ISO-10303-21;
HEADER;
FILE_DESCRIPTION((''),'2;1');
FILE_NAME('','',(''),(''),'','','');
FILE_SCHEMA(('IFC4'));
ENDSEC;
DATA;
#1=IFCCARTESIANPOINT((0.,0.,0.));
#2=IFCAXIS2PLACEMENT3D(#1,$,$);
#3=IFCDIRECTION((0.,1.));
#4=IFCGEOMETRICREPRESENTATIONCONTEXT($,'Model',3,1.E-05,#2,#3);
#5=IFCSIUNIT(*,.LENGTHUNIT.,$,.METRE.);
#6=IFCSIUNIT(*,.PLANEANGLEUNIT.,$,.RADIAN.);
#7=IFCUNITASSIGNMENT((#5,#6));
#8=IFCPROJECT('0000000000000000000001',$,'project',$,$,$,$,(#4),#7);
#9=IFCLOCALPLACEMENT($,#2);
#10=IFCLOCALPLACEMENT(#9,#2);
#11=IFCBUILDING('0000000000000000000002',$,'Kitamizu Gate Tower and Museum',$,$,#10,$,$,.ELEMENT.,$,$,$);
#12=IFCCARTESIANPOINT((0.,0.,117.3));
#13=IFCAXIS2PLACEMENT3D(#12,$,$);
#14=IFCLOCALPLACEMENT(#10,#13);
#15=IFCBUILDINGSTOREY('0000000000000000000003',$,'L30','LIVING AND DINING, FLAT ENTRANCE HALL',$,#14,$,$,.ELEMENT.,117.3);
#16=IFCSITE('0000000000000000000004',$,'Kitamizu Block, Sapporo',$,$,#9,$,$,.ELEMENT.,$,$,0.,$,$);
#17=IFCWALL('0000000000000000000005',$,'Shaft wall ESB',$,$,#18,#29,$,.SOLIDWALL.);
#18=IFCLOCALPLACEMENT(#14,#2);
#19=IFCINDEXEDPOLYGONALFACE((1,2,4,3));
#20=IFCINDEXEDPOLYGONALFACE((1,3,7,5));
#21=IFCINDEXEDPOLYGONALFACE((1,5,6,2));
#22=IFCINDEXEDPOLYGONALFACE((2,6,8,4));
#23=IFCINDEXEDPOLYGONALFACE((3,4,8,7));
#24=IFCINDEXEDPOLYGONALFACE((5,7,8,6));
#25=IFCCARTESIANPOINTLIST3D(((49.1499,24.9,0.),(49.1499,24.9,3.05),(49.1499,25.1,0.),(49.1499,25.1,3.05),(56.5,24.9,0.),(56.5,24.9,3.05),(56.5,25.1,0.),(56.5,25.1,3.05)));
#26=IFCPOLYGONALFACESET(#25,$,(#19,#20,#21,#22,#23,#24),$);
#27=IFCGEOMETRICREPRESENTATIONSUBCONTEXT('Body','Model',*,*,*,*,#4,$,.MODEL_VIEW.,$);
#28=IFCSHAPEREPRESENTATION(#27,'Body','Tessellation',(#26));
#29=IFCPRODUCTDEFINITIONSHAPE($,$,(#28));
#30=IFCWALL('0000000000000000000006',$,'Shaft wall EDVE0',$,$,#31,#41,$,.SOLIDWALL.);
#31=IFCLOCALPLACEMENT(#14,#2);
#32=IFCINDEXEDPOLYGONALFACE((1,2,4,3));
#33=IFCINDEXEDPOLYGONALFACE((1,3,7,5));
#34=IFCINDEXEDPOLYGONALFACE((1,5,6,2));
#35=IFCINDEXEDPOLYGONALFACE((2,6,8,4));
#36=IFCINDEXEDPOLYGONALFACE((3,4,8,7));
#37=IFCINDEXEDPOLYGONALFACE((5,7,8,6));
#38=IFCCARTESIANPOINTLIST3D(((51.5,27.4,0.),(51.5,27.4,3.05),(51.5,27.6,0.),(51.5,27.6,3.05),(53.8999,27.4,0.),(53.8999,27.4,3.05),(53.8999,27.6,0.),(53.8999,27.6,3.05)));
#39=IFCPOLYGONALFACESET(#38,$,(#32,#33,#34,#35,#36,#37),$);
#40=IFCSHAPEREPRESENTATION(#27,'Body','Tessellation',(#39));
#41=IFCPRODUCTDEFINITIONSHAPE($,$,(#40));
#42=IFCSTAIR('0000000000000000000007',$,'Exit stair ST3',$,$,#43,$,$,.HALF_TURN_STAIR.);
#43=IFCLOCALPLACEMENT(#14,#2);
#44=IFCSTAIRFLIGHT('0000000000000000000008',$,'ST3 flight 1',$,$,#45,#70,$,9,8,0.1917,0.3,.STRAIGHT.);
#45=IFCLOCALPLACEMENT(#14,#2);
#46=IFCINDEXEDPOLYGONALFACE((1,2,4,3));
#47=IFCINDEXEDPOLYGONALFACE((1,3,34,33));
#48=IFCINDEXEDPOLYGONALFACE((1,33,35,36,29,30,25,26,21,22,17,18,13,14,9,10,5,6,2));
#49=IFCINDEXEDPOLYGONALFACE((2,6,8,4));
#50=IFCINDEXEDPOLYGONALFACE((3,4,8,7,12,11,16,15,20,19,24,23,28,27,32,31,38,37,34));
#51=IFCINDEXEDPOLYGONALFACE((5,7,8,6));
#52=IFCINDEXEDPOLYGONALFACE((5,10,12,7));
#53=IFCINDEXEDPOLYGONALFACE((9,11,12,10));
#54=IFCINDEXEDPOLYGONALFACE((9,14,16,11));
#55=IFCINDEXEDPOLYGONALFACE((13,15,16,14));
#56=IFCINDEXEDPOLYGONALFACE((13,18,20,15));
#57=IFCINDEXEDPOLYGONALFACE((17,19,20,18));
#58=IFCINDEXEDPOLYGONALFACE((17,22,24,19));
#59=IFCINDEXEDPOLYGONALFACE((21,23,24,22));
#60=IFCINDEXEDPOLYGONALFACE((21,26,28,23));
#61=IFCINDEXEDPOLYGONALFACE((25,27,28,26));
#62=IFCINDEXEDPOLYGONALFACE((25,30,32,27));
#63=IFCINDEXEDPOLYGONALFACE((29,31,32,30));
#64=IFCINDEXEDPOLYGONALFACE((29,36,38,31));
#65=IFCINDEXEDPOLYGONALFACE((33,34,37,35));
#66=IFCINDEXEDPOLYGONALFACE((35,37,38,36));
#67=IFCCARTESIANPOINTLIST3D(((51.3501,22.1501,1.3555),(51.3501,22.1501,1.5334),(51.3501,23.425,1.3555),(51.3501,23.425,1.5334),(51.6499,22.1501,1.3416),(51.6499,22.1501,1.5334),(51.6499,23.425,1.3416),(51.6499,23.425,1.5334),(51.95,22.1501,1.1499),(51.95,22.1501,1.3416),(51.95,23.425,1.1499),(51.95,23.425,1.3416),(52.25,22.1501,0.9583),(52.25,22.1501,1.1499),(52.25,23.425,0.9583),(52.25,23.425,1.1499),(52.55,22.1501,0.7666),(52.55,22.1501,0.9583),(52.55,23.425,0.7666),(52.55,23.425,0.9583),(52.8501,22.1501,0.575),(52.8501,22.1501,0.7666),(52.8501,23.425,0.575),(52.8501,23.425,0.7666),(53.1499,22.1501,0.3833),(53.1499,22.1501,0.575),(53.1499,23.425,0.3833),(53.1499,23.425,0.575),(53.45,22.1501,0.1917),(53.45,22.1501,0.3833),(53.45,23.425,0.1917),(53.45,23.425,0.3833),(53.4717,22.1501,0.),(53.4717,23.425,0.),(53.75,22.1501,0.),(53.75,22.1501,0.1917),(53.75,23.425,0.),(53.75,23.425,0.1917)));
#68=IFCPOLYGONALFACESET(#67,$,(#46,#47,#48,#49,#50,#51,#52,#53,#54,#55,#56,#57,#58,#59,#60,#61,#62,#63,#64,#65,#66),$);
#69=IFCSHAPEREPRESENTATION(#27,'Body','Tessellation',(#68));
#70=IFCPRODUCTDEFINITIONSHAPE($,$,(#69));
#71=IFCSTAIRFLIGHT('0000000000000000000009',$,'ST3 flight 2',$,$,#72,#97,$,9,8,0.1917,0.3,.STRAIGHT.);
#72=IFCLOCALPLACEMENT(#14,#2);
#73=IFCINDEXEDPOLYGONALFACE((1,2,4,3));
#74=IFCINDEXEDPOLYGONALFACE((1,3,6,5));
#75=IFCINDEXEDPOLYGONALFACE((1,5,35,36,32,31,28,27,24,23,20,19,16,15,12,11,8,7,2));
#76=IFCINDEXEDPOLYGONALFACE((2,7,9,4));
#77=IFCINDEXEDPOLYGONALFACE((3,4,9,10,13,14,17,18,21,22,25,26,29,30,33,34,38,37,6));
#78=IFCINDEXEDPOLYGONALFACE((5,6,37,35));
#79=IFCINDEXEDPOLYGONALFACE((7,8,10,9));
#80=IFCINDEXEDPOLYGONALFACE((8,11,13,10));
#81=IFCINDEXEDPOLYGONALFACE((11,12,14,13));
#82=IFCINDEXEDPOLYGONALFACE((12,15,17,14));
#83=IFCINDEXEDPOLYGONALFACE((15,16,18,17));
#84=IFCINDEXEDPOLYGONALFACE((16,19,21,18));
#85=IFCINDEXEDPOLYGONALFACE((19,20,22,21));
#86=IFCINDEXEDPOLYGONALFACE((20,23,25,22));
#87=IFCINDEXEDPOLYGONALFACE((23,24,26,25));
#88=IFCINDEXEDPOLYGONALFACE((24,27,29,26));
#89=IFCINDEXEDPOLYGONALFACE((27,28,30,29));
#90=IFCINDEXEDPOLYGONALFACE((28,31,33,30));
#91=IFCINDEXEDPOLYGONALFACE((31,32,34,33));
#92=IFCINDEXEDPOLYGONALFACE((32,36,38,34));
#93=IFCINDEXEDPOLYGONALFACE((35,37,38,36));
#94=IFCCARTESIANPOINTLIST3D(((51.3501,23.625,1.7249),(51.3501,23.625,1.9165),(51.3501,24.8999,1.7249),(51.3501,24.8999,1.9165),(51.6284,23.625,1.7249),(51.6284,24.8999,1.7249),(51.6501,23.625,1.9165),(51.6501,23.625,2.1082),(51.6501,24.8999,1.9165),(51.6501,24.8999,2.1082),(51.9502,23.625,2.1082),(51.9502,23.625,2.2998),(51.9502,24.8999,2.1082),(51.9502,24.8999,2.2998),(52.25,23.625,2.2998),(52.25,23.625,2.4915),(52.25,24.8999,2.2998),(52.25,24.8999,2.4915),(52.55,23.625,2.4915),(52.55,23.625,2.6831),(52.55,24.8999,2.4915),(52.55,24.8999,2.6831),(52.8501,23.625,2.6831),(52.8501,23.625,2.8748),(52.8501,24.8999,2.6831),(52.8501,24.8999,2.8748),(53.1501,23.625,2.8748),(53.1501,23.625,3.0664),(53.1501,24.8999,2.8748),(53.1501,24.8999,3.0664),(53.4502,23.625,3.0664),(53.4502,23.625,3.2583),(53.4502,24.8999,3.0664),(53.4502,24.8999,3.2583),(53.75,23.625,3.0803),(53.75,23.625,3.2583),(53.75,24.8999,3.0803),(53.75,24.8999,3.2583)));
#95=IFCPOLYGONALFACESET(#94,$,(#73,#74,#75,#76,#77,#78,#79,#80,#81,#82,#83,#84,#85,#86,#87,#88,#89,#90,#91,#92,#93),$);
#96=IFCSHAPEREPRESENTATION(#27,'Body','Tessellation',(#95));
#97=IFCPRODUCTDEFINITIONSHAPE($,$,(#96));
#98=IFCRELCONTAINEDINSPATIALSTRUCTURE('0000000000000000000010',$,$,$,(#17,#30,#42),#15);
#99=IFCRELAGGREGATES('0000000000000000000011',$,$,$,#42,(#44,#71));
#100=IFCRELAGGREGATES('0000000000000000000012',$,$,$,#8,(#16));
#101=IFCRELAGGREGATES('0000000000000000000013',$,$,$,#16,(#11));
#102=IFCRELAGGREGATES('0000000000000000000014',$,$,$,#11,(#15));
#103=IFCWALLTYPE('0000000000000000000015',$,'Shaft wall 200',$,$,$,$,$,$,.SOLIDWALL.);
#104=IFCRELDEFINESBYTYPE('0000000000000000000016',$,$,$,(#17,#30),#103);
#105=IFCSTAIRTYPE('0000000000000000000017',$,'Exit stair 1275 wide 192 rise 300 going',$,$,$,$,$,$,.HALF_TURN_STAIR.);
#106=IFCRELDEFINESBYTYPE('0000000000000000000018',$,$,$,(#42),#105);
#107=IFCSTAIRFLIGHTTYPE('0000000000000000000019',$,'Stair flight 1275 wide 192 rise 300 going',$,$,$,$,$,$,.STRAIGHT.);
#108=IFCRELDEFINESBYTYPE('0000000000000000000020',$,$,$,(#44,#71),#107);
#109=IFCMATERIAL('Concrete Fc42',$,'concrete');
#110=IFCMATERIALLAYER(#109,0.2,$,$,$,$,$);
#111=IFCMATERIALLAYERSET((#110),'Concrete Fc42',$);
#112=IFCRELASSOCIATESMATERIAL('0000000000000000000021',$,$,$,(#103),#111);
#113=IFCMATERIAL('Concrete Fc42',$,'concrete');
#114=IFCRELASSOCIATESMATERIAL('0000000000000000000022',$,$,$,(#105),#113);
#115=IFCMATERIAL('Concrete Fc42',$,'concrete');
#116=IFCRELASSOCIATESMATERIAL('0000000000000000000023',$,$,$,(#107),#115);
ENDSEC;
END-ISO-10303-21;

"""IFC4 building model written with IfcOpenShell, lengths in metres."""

from ifc_helpers import new_model, si_unit, direction, frame, frame_2d, origin, place, context, subcontext, project, spatial, polyline, rectangle, outline, extrude, material, layer, layer_set, type_object, element, aggregate, save


model = new_model("IFC4")

# Units and contexts
model_context = context("Model", 3, precision=1e-05, world=origin(), true_north=direction((0.0, 1.0)))
body_context = subcontext(model_context, "Body", "Model", "MODEL_VIEW")
ifc_project = project(units=[si_unit("LENGTHUNIT", "METRE"), si_unit("PLANEANGLEUNIT", "RADIAN")], contexts=[model_context])

# Site, building, storey
site_placement = place(None, origin())
site = spatial("IfcSite", under=ifc_project, at=site_placement, Name="Kitamizu Block, Sapporo", CompositionType="ELEMENT", RefElevation=0.0)
building_placement = place(site_placement, origin())
building = spatial("IfcBuilding", under=site, at=building_placement, Name="Kitamizu Gate Tower and Museum", CompositionType="ELEMENT")
storey_placement = place(building_placement, frame((0.0, 0.0, 117.3)))
storey = spatial("IfcBuildingStorey", under=building, at=storey_placement, Name="L30", Description="LIVING AND DINING, FLAT ENTRANCE HALL", CompositionType="ELEMENT", Elevation=117.3)

# Shared definitions
ifc_material_1 = material(Name="Concrete Fc42", Category="concrete")
ifc_layer = layer(ifc_material_1, 0.2)
ifc_layer_set = layer_set([ifc_layer], Name="Concrete Fc42")
wall_type = type_object("IfcWallType", Name="Shaft wall 200", PredefinedType="SOLIDWALL", material=ifc_layer_set)

# Walls
wall_1_placement = place(storey_placement, frame((56.5, 25.0, 0.0), z_axis=(0.0, 0.0, 1.0), x_axis=(-1.0, 0.0, 0.0)))
element("IfcWall", 1, at=wall_1_placement, inside=storey, type_object=wall_type, Name="Shaft wall ESB", PredefinedType="SOLIDWALL", context=body_context, shape_type="SweptSolid", body=[
    extrude(rectangle(XDim=7.3501, YDim=0.2, at=frame_2d((3.675, 0.0))), origin(), (0.0, 0.0, 1.0), 3.05),
])
wall_2_placement = place(storey_placement, frame((53.8999, 27.5, 0.0), z_axis=(0.0, 0.0, 1.0), x_axis=(-1.0, 0.0, 0.0)))
element("IfcWall", 2, at=wall_2_placement, inside=storey, type_object=wall_type, Name="Shaft wall EDVE0", PredefinedType="SOLIDWALL", context=body_context, shape_type="SweptSolid", body=[
    extrude(rectangle(XDim=2.3999, YDim=0.2, at=frame_2d((1.2, 0.0))), origin(), (0.0, 0.0, 1.0), 3.05),
])

# Stair, stair flights
ifc_material_2 = material(Name="Concrete Fc42", Category="concrete")
stair_type = type_object("IfcStairType", Name="Exit stair 1275 wide 192 rise 300 going", PredefinedType="HALF_TURN_STAIR", material=ifc_material_2)
stair_placement = place(storey_placement, origin())
stair = element("IfcStair", 3, at=stair_placement, inside=storey, type_object=stair_type, Name="Exit stair ST3", PredefinedType="HALF_TURN_STAIR")
ifc_material_3 = material(Name="Concrete Fc42", Category="concrete")
stair_flight_type = type_object("IfcStairFlightType", Name="Stair flight 1275 wide 192 rise 300 going", PredefinedType="STRAIGHT", material=ifc_material_3)
stair_flight_1_placement = place(storey_placement, frame((53.75, 22.7876, 0.0), z_axis=(0.0, 0.0, 1.0), x_axis=(-1.0, 0.0, 0.0)))
stair_flight_1 = element("IfcStairFlight", 4, at=stair_flight_1_placement, type_object=stair_flight_type, Name="ST3 flight 1", NumberOfRisers=9, NumberOfTreads=8, PredefinedType="STRAIGHT", RiserHeight=0.1917, TreadLength=0.3, context=body_context, shape_type="SweptSolid", body=[
    extrude(outline(polyline([(0.0, 0.0), (0.0, 0.1917), (0.3, 0.1917), (0.3, 0.3833), (0.6001, 0.3833), (0.6001, 0.575), (0.8999, 0.575), (0.8999, 0.7666), (1.2, 0.7666), (1.2, 0.9583), (1.5, 0.9583), (1.5, 1.1499), (1.8, 1.1499), (1.8, 1.3416), (2.1001, 1.3416), (2.1001, 1.5334), (2.3999, 1.5334), (2.3999, 1.7251), (2.3999, 1.3555), (0.2783, 0.0), (0.0, 0.0)])), frame((0.0, 0.6375, 0.0), z_axis=(0.0, -1.0, 0.0), x_axis=(1.0, 0.0, 0.0)), (0.0, 0.0, 1.0), 1.2749),
])
stair_flight_2_placement = place(storey_placement, frame((51.3501, 24.2625, 1.7249), z_axis=(0.0, 0.0, 1.0), x_axis=(1.0, 0.0, 0.0)))
stair_flight_2 = element("IfcStairFlight", 5, at=stair_flight_2_placement, type_object=stair_flight_type, Name="ST3 flight 2", NumberOfRisers=9, NumberOfTreads=8, PredefinedType="STRAIGHT", RiserHeight=0.1917, TreadLength=0.3, context=body_context, shape_type="SweptSolid", body=[
    extrude(outline(polyline([(0.0, 0.0), (0.0, 0.1917), (0.3, 0.1917), (0.3, 0.3833), (0.6001, 0.3833), (0.6001, 0.575), (0.8999, 0.575), (0.8999, 0.7666), (1.2, 0.7666), (1.2, 0.9583), (1.5, 0.9583), (1.5, 1.1499), (1.8, 1.1499), (1.8, 1.3416), (2.1001, 1.3416), (2.1001, 1.5334), (2.3999, 1.5334), (2.3999, 1.7251), (2.3999, 1.3555), (0.2783, 0.0), (0.0, 0.0)])), frame((0.0, 0.6375, 0.0), z_axis=(0.0, -1.0, 0.0), x_axis=(1.0, 0.0, 0.0)), (0.0, 0.0, 1.0), 1.2749),
])
aggregate(stair, [stair_flight_1, stair_flight_2])

save(model, "model.ifc")
